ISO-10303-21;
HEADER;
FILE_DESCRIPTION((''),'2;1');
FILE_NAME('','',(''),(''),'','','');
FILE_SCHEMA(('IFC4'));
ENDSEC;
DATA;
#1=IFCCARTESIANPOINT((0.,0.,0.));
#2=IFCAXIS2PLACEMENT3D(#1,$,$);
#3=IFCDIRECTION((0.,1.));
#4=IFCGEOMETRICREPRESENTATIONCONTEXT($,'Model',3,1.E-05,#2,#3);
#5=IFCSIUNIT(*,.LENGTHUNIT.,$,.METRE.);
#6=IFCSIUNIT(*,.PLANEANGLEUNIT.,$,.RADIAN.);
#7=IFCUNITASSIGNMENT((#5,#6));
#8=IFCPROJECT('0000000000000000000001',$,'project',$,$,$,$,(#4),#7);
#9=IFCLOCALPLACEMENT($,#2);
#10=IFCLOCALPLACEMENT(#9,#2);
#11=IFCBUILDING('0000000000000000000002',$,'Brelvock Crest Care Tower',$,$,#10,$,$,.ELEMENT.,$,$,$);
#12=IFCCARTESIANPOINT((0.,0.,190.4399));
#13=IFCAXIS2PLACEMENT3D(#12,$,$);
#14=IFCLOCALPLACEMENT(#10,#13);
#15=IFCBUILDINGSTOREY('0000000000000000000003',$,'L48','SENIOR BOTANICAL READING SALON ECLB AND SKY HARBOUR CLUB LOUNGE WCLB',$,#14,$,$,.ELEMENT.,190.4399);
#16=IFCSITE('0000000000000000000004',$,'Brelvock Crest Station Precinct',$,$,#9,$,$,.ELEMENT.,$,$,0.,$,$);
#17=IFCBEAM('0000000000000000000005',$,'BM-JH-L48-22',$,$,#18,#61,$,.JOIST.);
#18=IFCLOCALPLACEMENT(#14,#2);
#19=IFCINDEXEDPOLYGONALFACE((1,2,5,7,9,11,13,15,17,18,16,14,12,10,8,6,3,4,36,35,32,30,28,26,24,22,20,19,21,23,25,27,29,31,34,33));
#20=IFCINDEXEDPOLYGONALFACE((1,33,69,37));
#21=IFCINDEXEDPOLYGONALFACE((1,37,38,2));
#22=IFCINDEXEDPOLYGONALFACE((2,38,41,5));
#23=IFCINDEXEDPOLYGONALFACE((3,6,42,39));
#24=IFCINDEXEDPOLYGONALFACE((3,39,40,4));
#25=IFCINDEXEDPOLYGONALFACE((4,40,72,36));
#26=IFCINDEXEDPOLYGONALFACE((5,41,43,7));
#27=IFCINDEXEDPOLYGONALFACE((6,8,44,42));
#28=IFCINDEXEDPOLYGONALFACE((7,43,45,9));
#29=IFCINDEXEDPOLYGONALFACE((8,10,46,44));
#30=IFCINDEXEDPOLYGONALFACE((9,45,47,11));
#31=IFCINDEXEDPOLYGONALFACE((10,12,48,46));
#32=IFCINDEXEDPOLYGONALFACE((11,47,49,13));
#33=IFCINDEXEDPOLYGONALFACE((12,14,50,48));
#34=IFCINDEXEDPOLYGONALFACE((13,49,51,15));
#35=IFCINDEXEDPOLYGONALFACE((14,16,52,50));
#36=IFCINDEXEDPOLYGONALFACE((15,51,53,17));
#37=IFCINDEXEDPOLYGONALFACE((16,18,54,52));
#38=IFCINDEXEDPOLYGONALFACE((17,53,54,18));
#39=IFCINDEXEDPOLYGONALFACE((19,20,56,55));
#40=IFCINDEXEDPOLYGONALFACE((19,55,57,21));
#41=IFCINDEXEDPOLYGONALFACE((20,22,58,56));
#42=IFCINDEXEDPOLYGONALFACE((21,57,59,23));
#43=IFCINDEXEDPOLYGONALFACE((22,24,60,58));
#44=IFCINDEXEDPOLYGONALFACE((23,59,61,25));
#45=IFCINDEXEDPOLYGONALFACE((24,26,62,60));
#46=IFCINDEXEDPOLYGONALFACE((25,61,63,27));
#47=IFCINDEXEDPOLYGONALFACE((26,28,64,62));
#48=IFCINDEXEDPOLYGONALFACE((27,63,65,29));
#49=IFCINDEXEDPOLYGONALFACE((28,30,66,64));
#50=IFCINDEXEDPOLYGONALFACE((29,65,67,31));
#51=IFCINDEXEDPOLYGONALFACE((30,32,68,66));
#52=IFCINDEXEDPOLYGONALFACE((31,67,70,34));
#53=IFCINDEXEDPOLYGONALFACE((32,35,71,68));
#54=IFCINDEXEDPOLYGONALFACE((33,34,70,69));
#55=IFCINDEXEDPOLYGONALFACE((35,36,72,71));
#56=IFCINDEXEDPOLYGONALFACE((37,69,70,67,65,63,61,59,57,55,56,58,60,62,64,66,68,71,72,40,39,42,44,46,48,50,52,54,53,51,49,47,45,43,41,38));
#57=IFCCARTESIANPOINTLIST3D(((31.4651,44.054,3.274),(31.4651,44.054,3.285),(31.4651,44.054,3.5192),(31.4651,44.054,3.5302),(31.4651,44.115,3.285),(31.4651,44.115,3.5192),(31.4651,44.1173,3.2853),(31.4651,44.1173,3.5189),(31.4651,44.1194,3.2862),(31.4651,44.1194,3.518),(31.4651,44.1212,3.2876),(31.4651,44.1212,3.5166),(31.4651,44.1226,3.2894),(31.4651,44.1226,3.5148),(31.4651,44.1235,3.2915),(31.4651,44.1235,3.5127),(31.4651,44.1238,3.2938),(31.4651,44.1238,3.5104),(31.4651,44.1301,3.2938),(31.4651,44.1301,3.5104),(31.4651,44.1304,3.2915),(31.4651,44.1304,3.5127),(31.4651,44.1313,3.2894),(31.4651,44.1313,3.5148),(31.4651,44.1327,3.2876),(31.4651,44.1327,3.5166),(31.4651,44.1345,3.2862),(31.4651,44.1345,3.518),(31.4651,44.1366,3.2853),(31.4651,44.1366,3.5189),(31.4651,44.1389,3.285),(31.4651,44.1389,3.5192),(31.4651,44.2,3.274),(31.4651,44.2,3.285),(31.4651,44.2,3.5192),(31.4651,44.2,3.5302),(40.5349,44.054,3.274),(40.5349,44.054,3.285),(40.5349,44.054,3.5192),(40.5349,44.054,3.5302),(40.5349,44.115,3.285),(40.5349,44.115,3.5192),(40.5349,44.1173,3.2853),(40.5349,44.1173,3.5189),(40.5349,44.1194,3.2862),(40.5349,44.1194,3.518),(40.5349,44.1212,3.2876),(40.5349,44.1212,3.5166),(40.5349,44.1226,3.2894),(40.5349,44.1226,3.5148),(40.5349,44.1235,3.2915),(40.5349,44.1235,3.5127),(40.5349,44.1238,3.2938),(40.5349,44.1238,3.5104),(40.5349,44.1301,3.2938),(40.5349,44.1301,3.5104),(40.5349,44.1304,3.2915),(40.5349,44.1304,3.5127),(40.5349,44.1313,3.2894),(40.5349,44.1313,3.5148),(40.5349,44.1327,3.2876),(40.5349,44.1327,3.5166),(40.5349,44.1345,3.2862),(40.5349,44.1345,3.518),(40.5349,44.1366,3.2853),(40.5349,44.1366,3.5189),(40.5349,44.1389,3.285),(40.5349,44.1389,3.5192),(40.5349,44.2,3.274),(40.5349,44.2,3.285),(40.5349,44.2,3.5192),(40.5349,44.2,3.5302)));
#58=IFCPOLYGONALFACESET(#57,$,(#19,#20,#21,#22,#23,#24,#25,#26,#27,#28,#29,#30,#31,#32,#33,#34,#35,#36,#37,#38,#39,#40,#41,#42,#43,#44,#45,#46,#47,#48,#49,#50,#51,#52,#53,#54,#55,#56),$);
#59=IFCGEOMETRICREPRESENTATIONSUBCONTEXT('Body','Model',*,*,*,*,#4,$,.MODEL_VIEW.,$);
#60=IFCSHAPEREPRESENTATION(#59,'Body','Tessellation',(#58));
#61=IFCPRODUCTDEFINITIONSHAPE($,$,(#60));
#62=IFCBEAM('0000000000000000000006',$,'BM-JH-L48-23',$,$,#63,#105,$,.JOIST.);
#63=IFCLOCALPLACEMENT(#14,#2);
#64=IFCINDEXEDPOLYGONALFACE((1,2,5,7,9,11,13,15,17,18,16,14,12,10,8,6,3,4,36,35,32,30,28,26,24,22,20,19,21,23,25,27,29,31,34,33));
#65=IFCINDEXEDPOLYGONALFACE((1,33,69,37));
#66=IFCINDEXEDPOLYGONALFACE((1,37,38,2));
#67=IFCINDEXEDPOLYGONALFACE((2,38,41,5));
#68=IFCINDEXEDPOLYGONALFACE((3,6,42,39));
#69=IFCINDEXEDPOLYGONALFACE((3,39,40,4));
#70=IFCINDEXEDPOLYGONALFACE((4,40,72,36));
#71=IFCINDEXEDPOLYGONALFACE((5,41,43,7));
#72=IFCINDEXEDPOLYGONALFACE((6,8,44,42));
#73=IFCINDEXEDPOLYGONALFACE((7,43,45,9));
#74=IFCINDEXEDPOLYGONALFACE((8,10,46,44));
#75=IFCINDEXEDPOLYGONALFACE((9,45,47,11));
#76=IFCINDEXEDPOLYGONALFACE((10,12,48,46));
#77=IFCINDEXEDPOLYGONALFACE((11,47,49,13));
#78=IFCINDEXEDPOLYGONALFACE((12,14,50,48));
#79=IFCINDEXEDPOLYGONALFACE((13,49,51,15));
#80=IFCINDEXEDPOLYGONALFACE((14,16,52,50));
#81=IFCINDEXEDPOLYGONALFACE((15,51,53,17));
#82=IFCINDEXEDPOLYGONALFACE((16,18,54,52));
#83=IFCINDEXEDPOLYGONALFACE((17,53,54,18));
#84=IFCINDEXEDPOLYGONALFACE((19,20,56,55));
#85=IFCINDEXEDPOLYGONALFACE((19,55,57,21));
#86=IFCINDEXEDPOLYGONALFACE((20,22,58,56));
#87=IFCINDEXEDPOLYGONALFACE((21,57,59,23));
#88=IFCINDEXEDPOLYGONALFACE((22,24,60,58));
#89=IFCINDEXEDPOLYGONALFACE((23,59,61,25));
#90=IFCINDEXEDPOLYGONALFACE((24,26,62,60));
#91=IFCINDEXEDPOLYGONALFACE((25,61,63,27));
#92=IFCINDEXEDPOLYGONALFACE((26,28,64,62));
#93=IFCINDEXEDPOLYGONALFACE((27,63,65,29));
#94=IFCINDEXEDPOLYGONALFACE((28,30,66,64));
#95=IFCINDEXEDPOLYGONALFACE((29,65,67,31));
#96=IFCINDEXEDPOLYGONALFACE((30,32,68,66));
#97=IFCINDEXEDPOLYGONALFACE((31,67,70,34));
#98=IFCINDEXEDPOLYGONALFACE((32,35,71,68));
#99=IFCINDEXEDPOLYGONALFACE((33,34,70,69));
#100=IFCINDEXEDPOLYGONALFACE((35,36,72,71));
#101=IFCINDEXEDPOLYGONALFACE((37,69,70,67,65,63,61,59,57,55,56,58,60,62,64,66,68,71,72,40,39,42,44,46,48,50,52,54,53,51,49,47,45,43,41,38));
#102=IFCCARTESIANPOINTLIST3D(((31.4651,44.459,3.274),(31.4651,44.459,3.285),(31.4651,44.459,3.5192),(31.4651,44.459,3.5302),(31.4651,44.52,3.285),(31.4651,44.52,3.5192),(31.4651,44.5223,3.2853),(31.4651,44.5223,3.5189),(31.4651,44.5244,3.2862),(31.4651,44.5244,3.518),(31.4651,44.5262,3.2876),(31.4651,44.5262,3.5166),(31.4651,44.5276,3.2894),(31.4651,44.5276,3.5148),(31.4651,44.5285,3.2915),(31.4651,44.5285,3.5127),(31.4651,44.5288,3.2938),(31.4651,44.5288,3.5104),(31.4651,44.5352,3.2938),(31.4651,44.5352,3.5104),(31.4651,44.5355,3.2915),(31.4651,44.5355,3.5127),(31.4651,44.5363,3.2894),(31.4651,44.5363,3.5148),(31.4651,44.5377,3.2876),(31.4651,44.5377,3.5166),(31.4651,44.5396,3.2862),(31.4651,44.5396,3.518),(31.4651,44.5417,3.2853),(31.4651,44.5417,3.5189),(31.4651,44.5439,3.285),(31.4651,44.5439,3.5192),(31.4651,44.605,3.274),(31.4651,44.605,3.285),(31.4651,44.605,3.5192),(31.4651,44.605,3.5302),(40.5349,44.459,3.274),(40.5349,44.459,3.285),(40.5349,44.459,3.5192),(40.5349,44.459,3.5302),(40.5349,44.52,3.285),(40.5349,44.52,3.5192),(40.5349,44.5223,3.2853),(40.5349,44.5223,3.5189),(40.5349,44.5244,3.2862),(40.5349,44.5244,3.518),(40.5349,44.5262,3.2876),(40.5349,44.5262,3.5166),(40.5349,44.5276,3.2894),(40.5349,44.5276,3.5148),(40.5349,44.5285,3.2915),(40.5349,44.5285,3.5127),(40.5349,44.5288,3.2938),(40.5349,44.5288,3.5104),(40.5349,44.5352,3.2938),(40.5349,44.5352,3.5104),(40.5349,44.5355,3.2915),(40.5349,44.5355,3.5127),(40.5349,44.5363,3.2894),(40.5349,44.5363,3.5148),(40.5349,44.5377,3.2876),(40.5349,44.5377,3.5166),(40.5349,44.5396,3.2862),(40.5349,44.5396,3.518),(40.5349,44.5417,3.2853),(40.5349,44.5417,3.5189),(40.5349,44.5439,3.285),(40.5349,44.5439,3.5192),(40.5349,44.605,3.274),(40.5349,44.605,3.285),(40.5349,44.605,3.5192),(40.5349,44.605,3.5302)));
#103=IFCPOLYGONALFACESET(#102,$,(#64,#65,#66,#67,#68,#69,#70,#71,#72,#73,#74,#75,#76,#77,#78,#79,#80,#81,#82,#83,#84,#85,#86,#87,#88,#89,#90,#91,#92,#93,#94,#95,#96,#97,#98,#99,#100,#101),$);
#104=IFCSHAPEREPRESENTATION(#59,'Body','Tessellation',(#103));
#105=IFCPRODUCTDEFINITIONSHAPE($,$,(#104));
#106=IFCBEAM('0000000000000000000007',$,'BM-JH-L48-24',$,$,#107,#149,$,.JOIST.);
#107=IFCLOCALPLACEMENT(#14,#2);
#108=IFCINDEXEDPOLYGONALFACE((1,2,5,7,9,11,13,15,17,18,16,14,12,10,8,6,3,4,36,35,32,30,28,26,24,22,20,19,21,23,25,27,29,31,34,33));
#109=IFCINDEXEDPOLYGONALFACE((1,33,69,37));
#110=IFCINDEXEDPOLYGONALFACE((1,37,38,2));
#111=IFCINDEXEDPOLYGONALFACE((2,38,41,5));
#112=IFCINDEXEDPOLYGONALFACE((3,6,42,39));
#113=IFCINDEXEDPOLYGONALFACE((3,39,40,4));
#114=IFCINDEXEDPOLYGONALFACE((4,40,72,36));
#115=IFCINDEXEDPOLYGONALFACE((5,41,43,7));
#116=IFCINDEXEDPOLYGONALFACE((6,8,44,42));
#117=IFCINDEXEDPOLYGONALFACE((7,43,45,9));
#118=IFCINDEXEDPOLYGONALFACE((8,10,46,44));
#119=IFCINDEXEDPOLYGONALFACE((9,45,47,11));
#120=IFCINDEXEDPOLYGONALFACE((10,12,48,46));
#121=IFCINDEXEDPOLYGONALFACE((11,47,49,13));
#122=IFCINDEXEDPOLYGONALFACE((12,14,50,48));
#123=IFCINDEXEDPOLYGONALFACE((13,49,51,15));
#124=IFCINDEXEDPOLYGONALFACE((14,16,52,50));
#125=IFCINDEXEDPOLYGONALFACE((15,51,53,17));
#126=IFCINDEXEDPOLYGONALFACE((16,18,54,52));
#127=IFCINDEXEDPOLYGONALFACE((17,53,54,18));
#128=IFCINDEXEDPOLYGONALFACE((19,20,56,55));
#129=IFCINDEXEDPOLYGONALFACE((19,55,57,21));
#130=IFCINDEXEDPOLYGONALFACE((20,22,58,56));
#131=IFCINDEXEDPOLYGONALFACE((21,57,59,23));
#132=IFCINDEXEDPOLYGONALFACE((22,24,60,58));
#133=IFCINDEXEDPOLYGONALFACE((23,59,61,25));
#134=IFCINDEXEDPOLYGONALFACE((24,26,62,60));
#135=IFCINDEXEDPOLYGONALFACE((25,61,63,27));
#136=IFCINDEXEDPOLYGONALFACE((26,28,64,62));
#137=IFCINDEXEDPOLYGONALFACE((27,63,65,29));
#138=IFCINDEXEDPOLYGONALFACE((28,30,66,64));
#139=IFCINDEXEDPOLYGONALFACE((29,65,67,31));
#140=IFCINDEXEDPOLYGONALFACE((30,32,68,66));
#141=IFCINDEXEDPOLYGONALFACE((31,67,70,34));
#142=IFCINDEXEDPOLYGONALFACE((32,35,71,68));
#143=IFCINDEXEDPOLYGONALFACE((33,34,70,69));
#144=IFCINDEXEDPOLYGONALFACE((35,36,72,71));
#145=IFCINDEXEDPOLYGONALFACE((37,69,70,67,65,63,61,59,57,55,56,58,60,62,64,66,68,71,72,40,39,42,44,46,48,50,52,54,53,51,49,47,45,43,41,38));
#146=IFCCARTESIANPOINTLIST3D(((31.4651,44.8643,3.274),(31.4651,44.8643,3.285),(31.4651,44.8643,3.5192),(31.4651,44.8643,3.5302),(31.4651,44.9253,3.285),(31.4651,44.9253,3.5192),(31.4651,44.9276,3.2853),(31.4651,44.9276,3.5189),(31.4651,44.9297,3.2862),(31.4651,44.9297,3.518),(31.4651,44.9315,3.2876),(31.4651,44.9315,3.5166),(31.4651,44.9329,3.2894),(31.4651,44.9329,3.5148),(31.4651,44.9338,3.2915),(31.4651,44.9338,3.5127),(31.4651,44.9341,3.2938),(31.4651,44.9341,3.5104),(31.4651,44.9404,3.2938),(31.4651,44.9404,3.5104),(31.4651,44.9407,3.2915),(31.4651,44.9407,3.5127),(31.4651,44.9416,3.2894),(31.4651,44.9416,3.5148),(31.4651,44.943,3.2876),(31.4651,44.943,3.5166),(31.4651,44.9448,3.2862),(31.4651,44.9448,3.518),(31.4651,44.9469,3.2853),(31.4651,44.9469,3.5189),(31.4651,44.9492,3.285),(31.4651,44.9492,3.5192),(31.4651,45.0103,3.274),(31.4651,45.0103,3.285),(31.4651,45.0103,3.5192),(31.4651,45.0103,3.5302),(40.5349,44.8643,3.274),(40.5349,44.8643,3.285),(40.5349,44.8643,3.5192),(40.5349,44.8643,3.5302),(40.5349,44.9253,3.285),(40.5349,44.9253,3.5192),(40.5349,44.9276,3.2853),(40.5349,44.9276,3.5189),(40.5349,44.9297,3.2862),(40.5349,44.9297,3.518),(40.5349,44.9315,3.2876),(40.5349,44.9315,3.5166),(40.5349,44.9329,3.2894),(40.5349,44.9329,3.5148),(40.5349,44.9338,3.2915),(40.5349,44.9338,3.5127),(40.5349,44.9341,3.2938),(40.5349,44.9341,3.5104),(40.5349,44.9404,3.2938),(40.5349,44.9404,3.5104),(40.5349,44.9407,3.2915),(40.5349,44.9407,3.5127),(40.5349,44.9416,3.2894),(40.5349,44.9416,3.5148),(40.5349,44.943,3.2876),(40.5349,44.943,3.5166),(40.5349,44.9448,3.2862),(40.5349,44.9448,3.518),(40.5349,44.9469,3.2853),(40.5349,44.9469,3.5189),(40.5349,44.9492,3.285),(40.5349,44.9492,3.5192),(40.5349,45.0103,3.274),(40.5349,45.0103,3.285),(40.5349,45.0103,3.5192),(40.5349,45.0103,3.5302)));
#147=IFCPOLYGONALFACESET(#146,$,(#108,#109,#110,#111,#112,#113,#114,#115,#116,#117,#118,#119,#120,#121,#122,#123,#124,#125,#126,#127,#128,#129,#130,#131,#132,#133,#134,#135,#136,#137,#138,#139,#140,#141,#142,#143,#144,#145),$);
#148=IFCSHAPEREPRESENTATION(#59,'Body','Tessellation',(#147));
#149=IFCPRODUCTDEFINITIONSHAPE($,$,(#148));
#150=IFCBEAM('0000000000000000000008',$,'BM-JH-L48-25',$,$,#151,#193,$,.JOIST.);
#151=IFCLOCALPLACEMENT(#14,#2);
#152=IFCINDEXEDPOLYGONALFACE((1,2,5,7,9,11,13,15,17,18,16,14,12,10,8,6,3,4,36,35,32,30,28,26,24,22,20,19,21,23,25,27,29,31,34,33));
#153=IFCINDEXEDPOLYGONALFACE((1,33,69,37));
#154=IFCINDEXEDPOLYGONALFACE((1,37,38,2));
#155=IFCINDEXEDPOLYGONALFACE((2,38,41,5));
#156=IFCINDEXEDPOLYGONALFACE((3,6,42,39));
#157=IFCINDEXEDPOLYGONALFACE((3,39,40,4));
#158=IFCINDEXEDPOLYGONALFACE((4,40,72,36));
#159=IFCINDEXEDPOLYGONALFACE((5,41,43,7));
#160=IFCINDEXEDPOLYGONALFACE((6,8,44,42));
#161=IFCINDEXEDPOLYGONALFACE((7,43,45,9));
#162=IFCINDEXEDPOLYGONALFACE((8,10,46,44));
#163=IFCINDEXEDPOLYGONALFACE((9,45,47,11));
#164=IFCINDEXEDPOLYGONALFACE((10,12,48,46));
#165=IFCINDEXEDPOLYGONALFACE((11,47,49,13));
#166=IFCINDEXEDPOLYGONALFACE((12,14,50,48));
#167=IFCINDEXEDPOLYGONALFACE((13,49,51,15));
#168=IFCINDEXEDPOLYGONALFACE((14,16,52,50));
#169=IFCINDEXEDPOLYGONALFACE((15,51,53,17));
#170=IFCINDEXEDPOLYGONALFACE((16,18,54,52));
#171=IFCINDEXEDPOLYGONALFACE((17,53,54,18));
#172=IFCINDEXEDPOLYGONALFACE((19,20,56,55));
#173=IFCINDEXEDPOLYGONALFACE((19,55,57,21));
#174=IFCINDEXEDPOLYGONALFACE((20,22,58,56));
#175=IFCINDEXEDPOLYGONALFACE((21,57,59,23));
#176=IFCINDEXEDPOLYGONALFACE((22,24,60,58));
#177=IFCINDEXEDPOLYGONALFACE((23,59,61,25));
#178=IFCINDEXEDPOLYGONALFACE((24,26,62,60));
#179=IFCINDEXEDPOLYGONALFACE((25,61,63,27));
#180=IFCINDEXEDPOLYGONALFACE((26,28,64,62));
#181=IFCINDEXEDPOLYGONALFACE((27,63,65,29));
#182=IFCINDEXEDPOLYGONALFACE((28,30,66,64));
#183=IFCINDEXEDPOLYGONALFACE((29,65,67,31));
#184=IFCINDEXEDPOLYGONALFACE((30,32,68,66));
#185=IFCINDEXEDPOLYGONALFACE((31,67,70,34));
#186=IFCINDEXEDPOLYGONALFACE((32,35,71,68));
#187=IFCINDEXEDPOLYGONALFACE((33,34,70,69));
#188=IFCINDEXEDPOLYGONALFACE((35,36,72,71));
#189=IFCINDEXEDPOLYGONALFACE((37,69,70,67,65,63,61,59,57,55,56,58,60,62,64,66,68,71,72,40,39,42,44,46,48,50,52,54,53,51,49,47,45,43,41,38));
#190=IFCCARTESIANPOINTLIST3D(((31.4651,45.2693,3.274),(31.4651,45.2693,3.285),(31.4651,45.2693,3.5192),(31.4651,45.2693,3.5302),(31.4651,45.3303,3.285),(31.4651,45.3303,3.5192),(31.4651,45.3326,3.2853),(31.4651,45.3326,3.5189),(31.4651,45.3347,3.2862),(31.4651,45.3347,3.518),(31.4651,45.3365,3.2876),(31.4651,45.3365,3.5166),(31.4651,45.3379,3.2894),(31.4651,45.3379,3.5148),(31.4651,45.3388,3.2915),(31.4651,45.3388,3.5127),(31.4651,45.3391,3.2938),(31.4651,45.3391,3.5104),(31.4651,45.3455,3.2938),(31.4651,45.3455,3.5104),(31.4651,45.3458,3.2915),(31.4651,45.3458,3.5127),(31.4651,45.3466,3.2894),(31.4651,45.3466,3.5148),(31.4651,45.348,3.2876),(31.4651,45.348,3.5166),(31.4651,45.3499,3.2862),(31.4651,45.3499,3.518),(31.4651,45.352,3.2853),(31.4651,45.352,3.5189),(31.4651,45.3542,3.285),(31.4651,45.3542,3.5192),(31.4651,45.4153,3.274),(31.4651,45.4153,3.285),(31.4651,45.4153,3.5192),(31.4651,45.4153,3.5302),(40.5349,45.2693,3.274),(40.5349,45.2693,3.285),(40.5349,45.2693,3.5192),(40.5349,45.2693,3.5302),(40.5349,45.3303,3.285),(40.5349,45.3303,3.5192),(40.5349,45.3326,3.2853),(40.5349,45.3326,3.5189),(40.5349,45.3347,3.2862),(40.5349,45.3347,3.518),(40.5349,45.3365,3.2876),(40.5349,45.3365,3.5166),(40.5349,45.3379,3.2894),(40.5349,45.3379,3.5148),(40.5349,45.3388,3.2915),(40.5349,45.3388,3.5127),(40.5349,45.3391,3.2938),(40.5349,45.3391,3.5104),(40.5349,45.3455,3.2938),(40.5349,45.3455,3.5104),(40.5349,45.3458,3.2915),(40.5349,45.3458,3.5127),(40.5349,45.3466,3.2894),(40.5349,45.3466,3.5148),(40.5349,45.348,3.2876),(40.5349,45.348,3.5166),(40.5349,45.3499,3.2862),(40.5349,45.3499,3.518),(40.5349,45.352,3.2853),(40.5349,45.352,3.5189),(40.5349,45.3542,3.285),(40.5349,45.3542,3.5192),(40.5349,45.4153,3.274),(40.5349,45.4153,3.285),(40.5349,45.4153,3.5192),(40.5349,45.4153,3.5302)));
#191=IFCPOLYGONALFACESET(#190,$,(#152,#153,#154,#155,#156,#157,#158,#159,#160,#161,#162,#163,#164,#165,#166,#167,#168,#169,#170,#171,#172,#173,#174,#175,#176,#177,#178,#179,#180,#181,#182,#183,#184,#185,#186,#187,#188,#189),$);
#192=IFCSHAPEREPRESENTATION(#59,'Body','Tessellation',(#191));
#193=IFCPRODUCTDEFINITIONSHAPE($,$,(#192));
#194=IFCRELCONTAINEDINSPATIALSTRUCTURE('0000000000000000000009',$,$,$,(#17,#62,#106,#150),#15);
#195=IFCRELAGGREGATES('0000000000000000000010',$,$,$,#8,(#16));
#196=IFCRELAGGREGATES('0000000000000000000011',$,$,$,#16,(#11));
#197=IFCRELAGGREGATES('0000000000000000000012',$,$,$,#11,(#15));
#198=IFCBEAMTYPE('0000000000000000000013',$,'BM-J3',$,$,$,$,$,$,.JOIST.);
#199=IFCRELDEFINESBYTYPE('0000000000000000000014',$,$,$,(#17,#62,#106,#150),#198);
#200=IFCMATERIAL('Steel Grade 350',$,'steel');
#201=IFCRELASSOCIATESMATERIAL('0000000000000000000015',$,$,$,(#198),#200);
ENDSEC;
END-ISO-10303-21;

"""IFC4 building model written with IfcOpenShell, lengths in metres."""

from ifc_helpers import new_model, si_unit, direction, frame, origin, origin_2d, place, context, subcontext, project, spatial, i_section, extrude, source, transform, mapped, material, material_profile, profile_set, type_object, element, save


model = new_model("IFC4")

# Units and contexts
model_context = context("Model", 3, precision=1e-05, world=origin(), true_north=direction((0.0, 1.0)))
body_context = subcontext(model_context, "Body", "Model", "MODEL_VIEW")
ifc_project = project(units=[si_unit("LENGTHUNIT", "METRE"), si_unit("PLANEANGLEUNIT", "RADIAN")], contexts=[model_context])

# Site, building, storey
site_placement = place(None, origin())
site = spatial("IfcSite", under=ifc_project, at=site_placement, Name="Brelvock Crest Station Precinct", CompositionType="ELEMENT", RefElevation=0.0)
building_placement = place(site_placement, origin())
building = spatial("IfcBuilding", under=site, at=building_placement, Name="Brelvock Crest Care Tower", CompositionType="ELEMENT")
storey_placement = place(building_placement, frame((0.0, 0.0, 190.4399)))
storey = spatial("IfcBuildingStorey", under=building, at=storey_placement, Name="L48", Description="SENIOR BOTANICAL READING SALON ECLB AND SKY HARBOUR CLUB LOUNGE WCLB", CompositionType="ELEMENT", Elevation=190.4399)

# Beams
ifc_material = material(Name="Steel Grade 350", Category="steel")
ifc_material_profile_1 = material_profile(ifc_material, i_section(OverallWidth=0.146, OverallDepth=0.2561, WebThickness=0.0063, FlangeThickness=0.011, FilletRadius=0.0088, at=origin_2d()), Name="250UB37.3")
ifc_profile_set_1 = profile_set([ifc_material_profile_1], Name="Steel Grade 350")
beam_type_1 = type_object("IfcBeamType", Name="BM-J3", PredefinedType="JOIST", material=ifc_profile_set_1)
shared_shape_1 = source(origin(), body_context, "Body", "SweptSolid", [
    extrude(i_section(OverallWidth=0.146, OverallDepth=0.2561, WebThickness=0.0063, FlangeThickness=0.011, FilletRadius=0.0088, at=origin_2d()), origin(), (0.0, 0.0, 1.0), 9.0698),
])
for number, where, z_axis, x_axis, name in (
    (1, (31.4651, 44.127, 3.4021), (1.0, 0.0, 0.0), (0.0, 1.0, 0.0), "BM-JH-L48-22"),
    (2, (31.4651, 44.532, 3.4021), (1.0, 0.0, 0.0), (0.0, 1.0, 0.0), "BM-JH-L48-23"),
    (3, (31.4651, 44.9373, 3.4021), (1.0, 0.0, 0.0), (0.0, 1.0, 0.0), "BM-JH-L48-24"),
    (4, (31.4651, 45.3423, 3.4021), (1.0, 0.0, 0.0), (0.0, 1.0, 0.0), "BM-JH-L48-25"),
):
    element("IfcBeam", number, at=place(storey_placement, frame(where, z_axis=z_axis, x_axis=x_axis)), inside=storey, type_object=beam_type_1, Name=name, PredefinedType="JOIST", context=body_context, shape_type="MappedRepresentation", body=[
        mapped(shared_shape_1, transform((0.0, 0.0, 0.0), x_axis=(1.0, 0.0, 0.0), y_axis=(0.0, 1.0, 0.0), z_axis=(0.0, 0.0, 1.0), scale=1.0)),
    ])

save(model, "model.ifc")
